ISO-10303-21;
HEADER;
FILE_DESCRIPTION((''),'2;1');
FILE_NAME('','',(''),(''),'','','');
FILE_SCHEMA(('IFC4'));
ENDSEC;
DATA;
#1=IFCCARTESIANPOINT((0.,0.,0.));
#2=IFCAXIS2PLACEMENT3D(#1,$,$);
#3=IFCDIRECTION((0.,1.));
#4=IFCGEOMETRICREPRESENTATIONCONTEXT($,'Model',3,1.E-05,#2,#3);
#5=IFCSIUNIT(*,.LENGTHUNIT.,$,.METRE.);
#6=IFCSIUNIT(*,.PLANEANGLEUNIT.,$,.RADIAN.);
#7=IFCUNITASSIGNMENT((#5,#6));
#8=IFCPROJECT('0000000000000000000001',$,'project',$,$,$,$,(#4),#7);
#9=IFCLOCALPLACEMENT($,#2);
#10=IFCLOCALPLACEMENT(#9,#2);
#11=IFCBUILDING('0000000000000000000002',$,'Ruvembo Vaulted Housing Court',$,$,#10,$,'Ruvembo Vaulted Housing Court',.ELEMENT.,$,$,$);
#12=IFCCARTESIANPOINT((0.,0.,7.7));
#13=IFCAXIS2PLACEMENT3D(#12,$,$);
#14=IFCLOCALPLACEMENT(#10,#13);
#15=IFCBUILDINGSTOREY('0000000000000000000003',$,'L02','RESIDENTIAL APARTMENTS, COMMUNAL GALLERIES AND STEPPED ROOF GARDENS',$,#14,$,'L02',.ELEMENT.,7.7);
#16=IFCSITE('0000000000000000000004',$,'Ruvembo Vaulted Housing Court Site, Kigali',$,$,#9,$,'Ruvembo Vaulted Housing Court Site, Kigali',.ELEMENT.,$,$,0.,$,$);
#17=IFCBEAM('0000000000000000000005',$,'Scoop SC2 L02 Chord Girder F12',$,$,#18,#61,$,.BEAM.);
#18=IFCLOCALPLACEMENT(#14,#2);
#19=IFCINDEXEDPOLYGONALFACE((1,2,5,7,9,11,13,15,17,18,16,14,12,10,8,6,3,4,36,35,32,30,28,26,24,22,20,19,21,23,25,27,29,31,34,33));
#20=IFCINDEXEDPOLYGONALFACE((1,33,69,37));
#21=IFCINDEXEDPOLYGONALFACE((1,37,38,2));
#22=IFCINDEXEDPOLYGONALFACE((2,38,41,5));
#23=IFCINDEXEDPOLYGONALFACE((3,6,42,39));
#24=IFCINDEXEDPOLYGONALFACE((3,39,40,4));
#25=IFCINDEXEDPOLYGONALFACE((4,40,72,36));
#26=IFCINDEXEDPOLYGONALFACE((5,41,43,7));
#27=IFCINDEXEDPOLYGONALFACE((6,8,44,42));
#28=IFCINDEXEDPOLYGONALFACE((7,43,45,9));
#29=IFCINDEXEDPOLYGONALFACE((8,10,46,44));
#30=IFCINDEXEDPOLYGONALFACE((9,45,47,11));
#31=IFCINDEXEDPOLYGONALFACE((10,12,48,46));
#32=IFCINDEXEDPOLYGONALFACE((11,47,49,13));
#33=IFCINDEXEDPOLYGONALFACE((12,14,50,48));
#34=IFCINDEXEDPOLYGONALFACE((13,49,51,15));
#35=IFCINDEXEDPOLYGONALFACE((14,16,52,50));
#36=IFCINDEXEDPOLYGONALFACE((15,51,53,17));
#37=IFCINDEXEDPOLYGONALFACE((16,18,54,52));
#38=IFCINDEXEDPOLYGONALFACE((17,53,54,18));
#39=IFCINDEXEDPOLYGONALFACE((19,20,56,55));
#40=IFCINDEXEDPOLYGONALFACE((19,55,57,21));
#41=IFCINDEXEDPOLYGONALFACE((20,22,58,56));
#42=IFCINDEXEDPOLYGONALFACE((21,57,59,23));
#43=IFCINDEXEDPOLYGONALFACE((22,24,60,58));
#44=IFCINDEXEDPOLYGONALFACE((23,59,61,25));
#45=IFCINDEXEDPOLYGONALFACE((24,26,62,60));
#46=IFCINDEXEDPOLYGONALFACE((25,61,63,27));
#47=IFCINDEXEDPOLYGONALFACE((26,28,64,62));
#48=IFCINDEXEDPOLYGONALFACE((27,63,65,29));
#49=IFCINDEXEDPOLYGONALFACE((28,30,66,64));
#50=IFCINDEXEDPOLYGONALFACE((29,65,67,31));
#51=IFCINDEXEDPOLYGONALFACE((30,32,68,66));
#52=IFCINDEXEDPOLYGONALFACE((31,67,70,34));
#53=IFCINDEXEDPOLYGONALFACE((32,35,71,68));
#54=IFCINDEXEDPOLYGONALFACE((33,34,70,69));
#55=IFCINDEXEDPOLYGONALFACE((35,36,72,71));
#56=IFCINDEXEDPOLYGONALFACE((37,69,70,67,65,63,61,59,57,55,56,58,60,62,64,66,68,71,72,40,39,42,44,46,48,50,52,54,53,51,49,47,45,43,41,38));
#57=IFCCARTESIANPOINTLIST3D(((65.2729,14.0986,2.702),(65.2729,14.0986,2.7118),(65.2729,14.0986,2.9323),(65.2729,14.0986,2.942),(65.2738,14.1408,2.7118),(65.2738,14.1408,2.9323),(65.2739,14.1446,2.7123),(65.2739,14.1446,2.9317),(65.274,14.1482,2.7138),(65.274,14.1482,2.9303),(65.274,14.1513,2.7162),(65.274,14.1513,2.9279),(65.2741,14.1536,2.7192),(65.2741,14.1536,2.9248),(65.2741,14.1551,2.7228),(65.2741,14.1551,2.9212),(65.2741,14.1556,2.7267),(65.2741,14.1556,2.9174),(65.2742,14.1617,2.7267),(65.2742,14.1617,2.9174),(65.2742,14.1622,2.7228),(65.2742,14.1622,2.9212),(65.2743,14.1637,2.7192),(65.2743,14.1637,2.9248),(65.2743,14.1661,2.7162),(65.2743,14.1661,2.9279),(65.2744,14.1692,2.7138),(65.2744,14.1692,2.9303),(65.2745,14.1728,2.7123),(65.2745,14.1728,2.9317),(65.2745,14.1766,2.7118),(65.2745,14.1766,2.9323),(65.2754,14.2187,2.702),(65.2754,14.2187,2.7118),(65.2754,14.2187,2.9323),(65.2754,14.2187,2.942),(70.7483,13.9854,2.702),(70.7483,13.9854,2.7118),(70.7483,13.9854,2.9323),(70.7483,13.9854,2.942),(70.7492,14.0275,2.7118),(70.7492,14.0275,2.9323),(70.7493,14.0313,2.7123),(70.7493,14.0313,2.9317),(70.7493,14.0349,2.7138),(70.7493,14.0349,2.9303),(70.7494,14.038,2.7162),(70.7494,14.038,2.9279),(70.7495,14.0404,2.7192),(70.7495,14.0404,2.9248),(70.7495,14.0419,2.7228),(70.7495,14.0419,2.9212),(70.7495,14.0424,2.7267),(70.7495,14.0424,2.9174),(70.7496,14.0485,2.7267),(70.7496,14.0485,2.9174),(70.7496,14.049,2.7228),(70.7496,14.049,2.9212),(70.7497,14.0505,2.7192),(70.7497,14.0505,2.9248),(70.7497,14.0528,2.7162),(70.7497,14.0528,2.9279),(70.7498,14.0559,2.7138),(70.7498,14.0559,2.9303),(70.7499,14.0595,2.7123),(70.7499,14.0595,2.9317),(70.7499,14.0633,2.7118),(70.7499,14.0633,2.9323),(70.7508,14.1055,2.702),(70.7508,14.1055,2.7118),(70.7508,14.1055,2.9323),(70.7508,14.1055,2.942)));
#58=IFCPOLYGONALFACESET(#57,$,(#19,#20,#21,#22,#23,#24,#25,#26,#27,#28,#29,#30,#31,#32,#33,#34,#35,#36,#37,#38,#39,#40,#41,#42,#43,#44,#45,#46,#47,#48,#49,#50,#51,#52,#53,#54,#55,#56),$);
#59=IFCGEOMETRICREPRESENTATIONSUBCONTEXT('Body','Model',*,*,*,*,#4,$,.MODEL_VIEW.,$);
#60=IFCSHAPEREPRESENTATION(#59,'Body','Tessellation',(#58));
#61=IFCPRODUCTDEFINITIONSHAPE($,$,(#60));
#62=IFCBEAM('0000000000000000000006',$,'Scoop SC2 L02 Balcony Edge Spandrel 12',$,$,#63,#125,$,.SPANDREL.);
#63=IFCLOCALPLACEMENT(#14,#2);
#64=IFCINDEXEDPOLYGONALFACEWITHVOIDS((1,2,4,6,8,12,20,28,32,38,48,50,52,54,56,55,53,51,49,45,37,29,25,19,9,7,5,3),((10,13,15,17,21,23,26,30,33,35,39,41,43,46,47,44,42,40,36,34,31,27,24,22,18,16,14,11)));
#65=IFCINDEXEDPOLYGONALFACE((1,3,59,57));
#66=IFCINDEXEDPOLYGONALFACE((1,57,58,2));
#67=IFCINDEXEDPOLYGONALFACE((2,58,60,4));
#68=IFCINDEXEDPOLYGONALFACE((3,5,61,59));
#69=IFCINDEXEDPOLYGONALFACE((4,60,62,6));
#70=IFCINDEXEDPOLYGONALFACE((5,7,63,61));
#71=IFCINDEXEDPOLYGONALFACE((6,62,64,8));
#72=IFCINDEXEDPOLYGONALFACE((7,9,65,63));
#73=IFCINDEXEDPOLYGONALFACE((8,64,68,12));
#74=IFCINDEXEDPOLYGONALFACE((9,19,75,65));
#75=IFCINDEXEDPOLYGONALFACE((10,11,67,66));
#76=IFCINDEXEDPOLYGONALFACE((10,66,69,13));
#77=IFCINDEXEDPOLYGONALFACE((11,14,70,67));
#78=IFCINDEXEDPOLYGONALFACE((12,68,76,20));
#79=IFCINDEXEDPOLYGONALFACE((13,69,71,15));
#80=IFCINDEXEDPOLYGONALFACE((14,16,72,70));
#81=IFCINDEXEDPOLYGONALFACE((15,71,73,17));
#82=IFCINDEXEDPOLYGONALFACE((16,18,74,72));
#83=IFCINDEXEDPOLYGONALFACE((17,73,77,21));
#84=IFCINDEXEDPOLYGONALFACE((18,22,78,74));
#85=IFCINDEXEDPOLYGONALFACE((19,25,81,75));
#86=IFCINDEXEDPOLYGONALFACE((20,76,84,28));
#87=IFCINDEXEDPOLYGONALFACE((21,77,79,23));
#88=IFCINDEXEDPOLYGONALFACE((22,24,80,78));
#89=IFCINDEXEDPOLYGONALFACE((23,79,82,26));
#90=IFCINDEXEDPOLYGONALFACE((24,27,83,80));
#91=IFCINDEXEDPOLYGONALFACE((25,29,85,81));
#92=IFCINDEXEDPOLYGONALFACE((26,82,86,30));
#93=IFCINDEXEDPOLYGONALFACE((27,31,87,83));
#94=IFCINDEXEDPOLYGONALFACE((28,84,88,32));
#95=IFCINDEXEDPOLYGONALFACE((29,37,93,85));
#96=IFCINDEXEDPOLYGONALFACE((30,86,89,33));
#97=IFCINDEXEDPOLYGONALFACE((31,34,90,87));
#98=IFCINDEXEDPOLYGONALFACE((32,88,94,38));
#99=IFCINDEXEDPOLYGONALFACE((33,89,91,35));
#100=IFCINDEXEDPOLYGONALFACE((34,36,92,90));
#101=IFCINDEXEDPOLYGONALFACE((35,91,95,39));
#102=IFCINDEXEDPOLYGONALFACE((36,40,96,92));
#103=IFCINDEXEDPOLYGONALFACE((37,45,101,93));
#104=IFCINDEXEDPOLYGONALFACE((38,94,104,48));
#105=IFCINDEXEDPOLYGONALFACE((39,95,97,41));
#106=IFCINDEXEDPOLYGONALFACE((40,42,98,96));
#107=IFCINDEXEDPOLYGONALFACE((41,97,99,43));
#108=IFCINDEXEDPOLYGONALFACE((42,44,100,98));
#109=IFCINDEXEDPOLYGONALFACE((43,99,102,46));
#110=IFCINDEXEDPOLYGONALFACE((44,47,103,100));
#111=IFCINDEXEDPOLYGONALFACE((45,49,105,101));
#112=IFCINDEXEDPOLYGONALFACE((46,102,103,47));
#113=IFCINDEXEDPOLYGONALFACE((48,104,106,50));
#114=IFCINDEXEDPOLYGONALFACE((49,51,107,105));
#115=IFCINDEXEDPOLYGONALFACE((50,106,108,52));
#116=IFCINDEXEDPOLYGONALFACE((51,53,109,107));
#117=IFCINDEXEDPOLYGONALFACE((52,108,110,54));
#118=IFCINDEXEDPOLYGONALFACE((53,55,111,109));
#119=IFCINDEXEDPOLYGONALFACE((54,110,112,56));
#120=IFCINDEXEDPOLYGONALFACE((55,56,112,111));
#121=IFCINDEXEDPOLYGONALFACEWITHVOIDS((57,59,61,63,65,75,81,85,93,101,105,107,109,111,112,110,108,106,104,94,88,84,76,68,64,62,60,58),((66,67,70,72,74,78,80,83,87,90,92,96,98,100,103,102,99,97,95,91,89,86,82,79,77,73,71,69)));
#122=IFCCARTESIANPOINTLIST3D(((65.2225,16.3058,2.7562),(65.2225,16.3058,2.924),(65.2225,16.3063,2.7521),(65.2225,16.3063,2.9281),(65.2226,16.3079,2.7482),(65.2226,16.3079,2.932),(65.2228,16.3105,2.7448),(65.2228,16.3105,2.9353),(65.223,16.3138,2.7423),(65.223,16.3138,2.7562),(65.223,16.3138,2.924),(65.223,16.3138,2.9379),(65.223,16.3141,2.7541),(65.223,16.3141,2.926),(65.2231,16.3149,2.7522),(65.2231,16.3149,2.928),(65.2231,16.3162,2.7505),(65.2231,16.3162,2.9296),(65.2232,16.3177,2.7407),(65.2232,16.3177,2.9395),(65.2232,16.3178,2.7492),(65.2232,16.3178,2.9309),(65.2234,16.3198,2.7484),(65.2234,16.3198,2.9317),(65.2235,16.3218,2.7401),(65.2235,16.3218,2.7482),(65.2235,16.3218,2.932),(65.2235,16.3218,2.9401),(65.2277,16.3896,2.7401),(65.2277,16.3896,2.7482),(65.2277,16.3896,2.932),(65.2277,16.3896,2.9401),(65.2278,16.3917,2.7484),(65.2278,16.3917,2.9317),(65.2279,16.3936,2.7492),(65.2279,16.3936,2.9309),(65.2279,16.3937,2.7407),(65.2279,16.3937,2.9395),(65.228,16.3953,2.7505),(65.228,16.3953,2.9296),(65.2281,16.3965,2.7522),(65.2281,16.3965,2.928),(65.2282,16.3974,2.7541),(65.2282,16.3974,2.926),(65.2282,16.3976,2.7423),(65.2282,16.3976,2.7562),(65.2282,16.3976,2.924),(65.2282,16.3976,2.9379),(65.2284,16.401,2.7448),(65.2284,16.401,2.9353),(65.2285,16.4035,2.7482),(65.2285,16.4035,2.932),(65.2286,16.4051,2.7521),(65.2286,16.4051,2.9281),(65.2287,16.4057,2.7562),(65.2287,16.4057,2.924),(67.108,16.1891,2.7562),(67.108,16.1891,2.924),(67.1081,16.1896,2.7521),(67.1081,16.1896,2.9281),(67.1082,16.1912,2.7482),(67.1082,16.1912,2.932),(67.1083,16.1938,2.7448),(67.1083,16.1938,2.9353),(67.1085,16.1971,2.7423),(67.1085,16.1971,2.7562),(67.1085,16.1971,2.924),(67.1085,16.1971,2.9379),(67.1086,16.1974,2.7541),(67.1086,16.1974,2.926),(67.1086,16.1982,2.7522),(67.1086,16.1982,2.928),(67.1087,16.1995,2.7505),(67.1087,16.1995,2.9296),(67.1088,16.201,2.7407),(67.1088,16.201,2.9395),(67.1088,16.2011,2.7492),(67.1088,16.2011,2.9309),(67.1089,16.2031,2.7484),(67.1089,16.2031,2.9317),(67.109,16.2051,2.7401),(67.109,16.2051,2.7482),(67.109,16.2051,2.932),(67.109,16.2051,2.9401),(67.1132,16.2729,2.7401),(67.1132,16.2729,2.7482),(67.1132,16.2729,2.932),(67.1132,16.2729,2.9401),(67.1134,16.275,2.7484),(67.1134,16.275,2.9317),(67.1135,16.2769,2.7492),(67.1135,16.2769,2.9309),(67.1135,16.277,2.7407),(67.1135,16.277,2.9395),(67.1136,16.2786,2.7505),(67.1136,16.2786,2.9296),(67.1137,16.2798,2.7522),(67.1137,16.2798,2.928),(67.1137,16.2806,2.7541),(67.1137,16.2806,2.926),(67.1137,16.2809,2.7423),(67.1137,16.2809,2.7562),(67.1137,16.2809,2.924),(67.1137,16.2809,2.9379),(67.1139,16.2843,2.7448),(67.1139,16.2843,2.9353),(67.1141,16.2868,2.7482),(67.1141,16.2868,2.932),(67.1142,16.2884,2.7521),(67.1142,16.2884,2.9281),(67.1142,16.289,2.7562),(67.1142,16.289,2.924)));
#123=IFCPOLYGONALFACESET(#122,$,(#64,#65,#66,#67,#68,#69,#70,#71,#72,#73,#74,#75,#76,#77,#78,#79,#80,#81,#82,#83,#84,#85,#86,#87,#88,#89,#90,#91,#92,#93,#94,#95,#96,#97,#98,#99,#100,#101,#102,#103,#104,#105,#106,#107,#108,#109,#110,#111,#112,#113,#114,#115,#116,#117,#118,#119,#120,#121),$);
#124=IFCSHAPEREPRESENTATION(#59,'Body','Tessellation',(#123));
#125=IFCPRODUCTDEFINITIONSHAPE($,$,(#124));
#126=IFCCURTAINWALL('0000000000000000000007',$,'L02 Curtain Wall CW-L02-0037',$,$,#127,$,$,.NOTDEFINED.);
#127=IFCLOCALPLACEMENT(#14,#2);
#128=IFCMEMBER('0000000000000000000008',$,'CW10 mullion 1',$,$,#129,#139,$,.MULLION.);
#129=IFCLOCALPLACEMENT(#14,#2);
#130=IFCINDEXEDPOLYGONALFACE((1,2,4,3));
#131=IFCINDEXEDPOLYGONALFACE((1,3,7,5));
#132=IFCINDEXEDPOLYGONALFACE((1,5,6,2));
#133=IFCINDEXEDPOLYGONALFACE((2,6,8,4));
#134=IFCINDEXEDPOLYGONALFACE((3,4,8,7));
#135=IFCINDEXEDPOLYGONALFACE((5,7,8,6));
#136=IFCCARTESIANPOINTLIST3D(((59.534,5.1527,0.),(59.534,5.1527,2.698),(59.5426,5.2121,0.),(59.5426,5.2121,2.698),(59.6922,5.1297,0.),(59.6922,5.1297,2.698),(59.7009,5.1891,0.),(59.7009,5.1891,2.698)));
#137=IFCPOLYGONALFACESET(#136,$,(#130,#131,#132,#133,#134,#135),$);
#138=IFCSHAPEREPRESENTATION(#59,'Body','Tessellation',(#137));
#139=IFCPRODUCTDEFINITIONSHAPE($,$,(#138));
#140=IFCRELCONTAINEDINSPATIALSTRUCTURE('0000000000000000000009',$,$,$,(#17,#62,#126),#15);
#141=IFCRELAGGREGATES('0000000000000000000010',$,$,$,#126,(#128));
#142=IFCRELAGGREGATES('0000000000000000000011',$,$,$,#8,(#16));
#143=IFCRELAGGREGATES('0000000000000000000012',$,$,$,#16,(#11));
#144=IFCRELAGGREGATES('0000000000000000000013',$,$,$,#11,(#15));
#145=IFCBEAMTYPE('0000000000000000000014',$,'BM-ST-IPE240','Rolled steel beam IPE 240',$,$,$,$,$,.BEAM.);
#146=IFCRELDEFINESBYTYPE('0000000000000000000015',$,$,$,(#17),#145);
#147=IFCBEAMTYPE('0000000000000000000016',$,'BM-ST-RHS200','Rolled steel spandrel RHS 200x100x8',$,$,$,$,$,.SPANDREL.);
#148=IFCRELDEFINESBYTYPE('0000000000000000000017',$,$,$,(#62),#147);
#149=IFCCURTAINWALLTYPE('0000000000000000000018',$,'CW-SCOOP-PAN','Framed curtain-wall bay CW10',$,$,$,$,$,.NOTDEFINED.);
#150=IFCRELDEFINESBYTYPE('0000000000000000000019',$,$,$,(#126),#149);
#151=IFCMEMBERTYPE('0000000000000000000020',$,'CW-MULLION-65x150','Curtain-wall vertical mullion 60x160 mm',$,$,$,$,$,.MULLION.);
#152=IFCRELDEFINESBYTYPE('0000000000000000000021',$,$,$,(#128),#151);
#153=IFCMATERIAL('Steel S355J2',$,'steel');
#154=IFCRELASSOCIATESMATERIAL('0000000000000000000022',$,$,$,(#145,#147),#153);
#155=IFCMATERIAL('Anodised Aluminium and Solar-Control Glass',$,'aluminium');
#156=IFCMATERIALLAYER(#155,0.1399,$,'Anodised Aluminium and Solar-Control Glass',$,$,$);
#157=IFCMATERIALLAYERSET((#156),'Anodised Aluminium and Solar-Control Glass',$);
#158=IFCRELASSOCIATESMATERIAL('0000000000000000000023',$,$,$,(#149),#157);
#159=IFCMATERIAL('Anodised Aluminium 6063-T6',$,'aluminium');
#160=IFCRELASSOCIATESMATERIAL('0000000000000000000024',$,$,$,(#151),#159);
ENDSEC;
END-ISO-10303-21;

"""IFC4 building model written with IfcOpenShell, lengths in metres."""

from ifc_helpers import new_model, si_unit, direction, frame, origin, origin_2d, place, context, subcontext, project, spatial, rectangle, hollow_rectangle, i_section, extrude, material, layer, layer_set, material_profile, profile_set, type_object, element, aggregate, save


model = new_model("IFC4")

# Units and contexts
model_context = context("Model", 3, precision=1e-05, world=origin(), true_north=direction((0.0, 1.0)))
body_context = subcontext(model_context, "Body", "Model", "MODEL_VIEW")
ifc_project = project(units=[si_unit("LENGTHUNIT", "METRE"), si_unit("PLANEANGLEUNIT", "RADIAN")], contexts=[model_context])

# Site, building, storey
site_placement = place(None, origin())
site = spatial("IfcSite", under=ifc_project, at=site_placement, Name="Ruvembo Vaulted Housing Court Site, Kigali", LongName="Ruvembo Vaulted Housing Court Site, Kigali", CompositionType="ELEMENT", RefElevation=0.0)
building_placement = place(site_placement, origin())
building = spatial("IfcBuilding", under=site, at=building_placement, Name="Ruvembo Vaulted Housing Court", LongName="Ruvembo Vaulted Housing Court", CompositionType="ELEMENT")
storey_placement = place(building_placement, frame((0.0, 0.0, 7.7)))
storey = spatial("IfcBuildingStorey", under=building, at=storey_placement, Name="L02", Description="RESIDENTIAL APARTMENTS, COMMUNAL GALLERIES AND STEPPED ROOF GARDENS", LongName="L02", CompositionType="ELEMENT", Elevation=7.7)

# Beams
ifc_material_1 = material(Name="Steel S355J2", Category="steel")
ifc_material_profile_1 = material_profile(ifc_material_1, i_section(OverallWidth=0.1201, OverallDepth=0.24, WebThickness=0.0061, FlangeThickness=0.0098, FilletRadius=0.0149, at=origin_2d()), Name="IPE 240")
ifc_profile_set_1 = profile_set([ifc_material_profile_1], Name="Steel S355J2")
beam_type_1 = type_object("IfcBeamType", Name="BM-ST-IPE240", Description="Rolled steel beam IPE 240", PredefinedType="BEAM", material=ifc_profile_set_1)
for number, where, z_axis, x_axis, name in (
    (1, (65.2742, 14.1587, 2.822), (0.999786, -0.020685, 0.0), (0.020685, 0.999786, 0.0), "Scoop SC2 L02 Chord Girder F12"),
):
    element("IfcBeam", number, at=place(storey_placement, frame(where, z_axis=z_axis, x_axis=x_axis)), inside=storey, type_object=beam_type_1, Name=name, PredefinedType="BEAM", context=body_context, shape_type="SweptSolid", body=[
        extrude(i_section(OverallWidth=0.1201, OverallDepth=0.24, WebThickness=0.0061, FlangeThickness=0.0098, FilletRadius=0.0149, at=origin_2d()), origin(), (0.0, 0.0, 1.0), 5.4766),
    ])
ifc_material_profile_2 = material_profile(ifc_material_1, hollow_rectangle(XDim=0.1001, YDim=0.2, WallThickness=0.0081, InnerFilletRadius=0.0081, OuterFilletRadius=0.0161, at=origin_2d()), Name="RHS 200x100x8")
ifc_profile_set_2 = profile_set([ifc_material_profile_2], Name="Steel S355J2")
beam_type_2 = type_object("IfcBeamType", Name="BM-ST-RHS200", Description="Rolled steel spandrel RHS 200x100x8", PredefinedType="SPANDREL", material=ifc_profile_set_2)
beam_1_placement = place(storey_placement, frame((65.2256, 16.3557, 2.8401), z_axis=(0.99809, -0.061775, 0.0), x_axis=(0.061775, 0.99809, 0.0)))
element("IfcBeam", 2, at=beam_1_placement, inside=storey, type_object=beam_type_2, Name="Scoop SC2 L02 Balcony Edge Spandrel 12", PredefinedType="SPANDREL", context=body_context, shape_type="SweptSolid", body=[
    extrude(hollow_rectangle(XDim=0.1001, YDim=0.2, WallThickness=0.0081, InnerFilletRadius=0.0081, OuterFilletRadius=0.0161, at=origin_2d()), origin(), (0.0, 0.0, 1.0), 1.8892),
])

# Curtain wall, member
ifc_material_2 = material(Name="Anodised Aluminium and Solar-Control Glass", Category="aluminium")
ifc_layer_1 = layer(ifc_material_2, 0.1399, Name="Anodised Aluminium and Solar-Control Glass")
ifc_layer_set_1 = layer_set([ifc_layer_1], Name="Anodised Aluminium and Solar-Control Glass")
curtain_wall_type = type_object("IfcCurtainWallType", Name="CW-SCOOP-PAN", Description="Framed curtain-wall bay CW10", PredefinedType="NOTDEFINED", material=ifc_layer_set_1)
curtain_wall_placement = place(storey_placement, origin())
curtain_wall = element("IfcCurtainWall", 3, at=curtain_wall_placement, inside=storey, type_object=curtain_wall_type, Name="L02 Curtain Wall CW-L02-0037", PredefinedType="NOTDEFINED")
ifc_material_3 = material(Name="Anodised Aluminium 6063-T6", Category="aluminium")
ifc_material_profile_3 = material_profile(ifc_material_3, rectangle(XDim=0.0601, YDim=0.1599, at=origin_2d()), Name="ALU 60x160")
ifc_profile_set_3 = profile_set([ifc_material_profile_3], Name="Anodised Aluminium 6063-T6")
member_type_1 = type_object("IfcMemberType", Name="CW-MULLION-65x150", Description="Curtain-wall vertical mullion 60x160 mm", PredefinedType="MULLION", material=ifc_profile_set_3)
member_1_placement = place(storey_placement, frame((59.6174, 5.1709, 0.0), z_axis=(0.0, 0.0, 1.0), x_axis=(0.143851, 0.989599, 0.0)))
member_1 = element("IfcMember", 4, at=member_1_placement, type_object=member_type_1, Name="CW10 mullion 1", PredefinedType="MULLION", context=body_context, shape_type="SweptSolid", body=[
    extrude(rectangle(XDim=0.0601, YDim=0.1599, at=origin_2d()), origin(), (0.0, 0.0, 1.0), 2.698),
])
aggregate(curtain_wall, [member_1])

save(model, "model.ifc")
